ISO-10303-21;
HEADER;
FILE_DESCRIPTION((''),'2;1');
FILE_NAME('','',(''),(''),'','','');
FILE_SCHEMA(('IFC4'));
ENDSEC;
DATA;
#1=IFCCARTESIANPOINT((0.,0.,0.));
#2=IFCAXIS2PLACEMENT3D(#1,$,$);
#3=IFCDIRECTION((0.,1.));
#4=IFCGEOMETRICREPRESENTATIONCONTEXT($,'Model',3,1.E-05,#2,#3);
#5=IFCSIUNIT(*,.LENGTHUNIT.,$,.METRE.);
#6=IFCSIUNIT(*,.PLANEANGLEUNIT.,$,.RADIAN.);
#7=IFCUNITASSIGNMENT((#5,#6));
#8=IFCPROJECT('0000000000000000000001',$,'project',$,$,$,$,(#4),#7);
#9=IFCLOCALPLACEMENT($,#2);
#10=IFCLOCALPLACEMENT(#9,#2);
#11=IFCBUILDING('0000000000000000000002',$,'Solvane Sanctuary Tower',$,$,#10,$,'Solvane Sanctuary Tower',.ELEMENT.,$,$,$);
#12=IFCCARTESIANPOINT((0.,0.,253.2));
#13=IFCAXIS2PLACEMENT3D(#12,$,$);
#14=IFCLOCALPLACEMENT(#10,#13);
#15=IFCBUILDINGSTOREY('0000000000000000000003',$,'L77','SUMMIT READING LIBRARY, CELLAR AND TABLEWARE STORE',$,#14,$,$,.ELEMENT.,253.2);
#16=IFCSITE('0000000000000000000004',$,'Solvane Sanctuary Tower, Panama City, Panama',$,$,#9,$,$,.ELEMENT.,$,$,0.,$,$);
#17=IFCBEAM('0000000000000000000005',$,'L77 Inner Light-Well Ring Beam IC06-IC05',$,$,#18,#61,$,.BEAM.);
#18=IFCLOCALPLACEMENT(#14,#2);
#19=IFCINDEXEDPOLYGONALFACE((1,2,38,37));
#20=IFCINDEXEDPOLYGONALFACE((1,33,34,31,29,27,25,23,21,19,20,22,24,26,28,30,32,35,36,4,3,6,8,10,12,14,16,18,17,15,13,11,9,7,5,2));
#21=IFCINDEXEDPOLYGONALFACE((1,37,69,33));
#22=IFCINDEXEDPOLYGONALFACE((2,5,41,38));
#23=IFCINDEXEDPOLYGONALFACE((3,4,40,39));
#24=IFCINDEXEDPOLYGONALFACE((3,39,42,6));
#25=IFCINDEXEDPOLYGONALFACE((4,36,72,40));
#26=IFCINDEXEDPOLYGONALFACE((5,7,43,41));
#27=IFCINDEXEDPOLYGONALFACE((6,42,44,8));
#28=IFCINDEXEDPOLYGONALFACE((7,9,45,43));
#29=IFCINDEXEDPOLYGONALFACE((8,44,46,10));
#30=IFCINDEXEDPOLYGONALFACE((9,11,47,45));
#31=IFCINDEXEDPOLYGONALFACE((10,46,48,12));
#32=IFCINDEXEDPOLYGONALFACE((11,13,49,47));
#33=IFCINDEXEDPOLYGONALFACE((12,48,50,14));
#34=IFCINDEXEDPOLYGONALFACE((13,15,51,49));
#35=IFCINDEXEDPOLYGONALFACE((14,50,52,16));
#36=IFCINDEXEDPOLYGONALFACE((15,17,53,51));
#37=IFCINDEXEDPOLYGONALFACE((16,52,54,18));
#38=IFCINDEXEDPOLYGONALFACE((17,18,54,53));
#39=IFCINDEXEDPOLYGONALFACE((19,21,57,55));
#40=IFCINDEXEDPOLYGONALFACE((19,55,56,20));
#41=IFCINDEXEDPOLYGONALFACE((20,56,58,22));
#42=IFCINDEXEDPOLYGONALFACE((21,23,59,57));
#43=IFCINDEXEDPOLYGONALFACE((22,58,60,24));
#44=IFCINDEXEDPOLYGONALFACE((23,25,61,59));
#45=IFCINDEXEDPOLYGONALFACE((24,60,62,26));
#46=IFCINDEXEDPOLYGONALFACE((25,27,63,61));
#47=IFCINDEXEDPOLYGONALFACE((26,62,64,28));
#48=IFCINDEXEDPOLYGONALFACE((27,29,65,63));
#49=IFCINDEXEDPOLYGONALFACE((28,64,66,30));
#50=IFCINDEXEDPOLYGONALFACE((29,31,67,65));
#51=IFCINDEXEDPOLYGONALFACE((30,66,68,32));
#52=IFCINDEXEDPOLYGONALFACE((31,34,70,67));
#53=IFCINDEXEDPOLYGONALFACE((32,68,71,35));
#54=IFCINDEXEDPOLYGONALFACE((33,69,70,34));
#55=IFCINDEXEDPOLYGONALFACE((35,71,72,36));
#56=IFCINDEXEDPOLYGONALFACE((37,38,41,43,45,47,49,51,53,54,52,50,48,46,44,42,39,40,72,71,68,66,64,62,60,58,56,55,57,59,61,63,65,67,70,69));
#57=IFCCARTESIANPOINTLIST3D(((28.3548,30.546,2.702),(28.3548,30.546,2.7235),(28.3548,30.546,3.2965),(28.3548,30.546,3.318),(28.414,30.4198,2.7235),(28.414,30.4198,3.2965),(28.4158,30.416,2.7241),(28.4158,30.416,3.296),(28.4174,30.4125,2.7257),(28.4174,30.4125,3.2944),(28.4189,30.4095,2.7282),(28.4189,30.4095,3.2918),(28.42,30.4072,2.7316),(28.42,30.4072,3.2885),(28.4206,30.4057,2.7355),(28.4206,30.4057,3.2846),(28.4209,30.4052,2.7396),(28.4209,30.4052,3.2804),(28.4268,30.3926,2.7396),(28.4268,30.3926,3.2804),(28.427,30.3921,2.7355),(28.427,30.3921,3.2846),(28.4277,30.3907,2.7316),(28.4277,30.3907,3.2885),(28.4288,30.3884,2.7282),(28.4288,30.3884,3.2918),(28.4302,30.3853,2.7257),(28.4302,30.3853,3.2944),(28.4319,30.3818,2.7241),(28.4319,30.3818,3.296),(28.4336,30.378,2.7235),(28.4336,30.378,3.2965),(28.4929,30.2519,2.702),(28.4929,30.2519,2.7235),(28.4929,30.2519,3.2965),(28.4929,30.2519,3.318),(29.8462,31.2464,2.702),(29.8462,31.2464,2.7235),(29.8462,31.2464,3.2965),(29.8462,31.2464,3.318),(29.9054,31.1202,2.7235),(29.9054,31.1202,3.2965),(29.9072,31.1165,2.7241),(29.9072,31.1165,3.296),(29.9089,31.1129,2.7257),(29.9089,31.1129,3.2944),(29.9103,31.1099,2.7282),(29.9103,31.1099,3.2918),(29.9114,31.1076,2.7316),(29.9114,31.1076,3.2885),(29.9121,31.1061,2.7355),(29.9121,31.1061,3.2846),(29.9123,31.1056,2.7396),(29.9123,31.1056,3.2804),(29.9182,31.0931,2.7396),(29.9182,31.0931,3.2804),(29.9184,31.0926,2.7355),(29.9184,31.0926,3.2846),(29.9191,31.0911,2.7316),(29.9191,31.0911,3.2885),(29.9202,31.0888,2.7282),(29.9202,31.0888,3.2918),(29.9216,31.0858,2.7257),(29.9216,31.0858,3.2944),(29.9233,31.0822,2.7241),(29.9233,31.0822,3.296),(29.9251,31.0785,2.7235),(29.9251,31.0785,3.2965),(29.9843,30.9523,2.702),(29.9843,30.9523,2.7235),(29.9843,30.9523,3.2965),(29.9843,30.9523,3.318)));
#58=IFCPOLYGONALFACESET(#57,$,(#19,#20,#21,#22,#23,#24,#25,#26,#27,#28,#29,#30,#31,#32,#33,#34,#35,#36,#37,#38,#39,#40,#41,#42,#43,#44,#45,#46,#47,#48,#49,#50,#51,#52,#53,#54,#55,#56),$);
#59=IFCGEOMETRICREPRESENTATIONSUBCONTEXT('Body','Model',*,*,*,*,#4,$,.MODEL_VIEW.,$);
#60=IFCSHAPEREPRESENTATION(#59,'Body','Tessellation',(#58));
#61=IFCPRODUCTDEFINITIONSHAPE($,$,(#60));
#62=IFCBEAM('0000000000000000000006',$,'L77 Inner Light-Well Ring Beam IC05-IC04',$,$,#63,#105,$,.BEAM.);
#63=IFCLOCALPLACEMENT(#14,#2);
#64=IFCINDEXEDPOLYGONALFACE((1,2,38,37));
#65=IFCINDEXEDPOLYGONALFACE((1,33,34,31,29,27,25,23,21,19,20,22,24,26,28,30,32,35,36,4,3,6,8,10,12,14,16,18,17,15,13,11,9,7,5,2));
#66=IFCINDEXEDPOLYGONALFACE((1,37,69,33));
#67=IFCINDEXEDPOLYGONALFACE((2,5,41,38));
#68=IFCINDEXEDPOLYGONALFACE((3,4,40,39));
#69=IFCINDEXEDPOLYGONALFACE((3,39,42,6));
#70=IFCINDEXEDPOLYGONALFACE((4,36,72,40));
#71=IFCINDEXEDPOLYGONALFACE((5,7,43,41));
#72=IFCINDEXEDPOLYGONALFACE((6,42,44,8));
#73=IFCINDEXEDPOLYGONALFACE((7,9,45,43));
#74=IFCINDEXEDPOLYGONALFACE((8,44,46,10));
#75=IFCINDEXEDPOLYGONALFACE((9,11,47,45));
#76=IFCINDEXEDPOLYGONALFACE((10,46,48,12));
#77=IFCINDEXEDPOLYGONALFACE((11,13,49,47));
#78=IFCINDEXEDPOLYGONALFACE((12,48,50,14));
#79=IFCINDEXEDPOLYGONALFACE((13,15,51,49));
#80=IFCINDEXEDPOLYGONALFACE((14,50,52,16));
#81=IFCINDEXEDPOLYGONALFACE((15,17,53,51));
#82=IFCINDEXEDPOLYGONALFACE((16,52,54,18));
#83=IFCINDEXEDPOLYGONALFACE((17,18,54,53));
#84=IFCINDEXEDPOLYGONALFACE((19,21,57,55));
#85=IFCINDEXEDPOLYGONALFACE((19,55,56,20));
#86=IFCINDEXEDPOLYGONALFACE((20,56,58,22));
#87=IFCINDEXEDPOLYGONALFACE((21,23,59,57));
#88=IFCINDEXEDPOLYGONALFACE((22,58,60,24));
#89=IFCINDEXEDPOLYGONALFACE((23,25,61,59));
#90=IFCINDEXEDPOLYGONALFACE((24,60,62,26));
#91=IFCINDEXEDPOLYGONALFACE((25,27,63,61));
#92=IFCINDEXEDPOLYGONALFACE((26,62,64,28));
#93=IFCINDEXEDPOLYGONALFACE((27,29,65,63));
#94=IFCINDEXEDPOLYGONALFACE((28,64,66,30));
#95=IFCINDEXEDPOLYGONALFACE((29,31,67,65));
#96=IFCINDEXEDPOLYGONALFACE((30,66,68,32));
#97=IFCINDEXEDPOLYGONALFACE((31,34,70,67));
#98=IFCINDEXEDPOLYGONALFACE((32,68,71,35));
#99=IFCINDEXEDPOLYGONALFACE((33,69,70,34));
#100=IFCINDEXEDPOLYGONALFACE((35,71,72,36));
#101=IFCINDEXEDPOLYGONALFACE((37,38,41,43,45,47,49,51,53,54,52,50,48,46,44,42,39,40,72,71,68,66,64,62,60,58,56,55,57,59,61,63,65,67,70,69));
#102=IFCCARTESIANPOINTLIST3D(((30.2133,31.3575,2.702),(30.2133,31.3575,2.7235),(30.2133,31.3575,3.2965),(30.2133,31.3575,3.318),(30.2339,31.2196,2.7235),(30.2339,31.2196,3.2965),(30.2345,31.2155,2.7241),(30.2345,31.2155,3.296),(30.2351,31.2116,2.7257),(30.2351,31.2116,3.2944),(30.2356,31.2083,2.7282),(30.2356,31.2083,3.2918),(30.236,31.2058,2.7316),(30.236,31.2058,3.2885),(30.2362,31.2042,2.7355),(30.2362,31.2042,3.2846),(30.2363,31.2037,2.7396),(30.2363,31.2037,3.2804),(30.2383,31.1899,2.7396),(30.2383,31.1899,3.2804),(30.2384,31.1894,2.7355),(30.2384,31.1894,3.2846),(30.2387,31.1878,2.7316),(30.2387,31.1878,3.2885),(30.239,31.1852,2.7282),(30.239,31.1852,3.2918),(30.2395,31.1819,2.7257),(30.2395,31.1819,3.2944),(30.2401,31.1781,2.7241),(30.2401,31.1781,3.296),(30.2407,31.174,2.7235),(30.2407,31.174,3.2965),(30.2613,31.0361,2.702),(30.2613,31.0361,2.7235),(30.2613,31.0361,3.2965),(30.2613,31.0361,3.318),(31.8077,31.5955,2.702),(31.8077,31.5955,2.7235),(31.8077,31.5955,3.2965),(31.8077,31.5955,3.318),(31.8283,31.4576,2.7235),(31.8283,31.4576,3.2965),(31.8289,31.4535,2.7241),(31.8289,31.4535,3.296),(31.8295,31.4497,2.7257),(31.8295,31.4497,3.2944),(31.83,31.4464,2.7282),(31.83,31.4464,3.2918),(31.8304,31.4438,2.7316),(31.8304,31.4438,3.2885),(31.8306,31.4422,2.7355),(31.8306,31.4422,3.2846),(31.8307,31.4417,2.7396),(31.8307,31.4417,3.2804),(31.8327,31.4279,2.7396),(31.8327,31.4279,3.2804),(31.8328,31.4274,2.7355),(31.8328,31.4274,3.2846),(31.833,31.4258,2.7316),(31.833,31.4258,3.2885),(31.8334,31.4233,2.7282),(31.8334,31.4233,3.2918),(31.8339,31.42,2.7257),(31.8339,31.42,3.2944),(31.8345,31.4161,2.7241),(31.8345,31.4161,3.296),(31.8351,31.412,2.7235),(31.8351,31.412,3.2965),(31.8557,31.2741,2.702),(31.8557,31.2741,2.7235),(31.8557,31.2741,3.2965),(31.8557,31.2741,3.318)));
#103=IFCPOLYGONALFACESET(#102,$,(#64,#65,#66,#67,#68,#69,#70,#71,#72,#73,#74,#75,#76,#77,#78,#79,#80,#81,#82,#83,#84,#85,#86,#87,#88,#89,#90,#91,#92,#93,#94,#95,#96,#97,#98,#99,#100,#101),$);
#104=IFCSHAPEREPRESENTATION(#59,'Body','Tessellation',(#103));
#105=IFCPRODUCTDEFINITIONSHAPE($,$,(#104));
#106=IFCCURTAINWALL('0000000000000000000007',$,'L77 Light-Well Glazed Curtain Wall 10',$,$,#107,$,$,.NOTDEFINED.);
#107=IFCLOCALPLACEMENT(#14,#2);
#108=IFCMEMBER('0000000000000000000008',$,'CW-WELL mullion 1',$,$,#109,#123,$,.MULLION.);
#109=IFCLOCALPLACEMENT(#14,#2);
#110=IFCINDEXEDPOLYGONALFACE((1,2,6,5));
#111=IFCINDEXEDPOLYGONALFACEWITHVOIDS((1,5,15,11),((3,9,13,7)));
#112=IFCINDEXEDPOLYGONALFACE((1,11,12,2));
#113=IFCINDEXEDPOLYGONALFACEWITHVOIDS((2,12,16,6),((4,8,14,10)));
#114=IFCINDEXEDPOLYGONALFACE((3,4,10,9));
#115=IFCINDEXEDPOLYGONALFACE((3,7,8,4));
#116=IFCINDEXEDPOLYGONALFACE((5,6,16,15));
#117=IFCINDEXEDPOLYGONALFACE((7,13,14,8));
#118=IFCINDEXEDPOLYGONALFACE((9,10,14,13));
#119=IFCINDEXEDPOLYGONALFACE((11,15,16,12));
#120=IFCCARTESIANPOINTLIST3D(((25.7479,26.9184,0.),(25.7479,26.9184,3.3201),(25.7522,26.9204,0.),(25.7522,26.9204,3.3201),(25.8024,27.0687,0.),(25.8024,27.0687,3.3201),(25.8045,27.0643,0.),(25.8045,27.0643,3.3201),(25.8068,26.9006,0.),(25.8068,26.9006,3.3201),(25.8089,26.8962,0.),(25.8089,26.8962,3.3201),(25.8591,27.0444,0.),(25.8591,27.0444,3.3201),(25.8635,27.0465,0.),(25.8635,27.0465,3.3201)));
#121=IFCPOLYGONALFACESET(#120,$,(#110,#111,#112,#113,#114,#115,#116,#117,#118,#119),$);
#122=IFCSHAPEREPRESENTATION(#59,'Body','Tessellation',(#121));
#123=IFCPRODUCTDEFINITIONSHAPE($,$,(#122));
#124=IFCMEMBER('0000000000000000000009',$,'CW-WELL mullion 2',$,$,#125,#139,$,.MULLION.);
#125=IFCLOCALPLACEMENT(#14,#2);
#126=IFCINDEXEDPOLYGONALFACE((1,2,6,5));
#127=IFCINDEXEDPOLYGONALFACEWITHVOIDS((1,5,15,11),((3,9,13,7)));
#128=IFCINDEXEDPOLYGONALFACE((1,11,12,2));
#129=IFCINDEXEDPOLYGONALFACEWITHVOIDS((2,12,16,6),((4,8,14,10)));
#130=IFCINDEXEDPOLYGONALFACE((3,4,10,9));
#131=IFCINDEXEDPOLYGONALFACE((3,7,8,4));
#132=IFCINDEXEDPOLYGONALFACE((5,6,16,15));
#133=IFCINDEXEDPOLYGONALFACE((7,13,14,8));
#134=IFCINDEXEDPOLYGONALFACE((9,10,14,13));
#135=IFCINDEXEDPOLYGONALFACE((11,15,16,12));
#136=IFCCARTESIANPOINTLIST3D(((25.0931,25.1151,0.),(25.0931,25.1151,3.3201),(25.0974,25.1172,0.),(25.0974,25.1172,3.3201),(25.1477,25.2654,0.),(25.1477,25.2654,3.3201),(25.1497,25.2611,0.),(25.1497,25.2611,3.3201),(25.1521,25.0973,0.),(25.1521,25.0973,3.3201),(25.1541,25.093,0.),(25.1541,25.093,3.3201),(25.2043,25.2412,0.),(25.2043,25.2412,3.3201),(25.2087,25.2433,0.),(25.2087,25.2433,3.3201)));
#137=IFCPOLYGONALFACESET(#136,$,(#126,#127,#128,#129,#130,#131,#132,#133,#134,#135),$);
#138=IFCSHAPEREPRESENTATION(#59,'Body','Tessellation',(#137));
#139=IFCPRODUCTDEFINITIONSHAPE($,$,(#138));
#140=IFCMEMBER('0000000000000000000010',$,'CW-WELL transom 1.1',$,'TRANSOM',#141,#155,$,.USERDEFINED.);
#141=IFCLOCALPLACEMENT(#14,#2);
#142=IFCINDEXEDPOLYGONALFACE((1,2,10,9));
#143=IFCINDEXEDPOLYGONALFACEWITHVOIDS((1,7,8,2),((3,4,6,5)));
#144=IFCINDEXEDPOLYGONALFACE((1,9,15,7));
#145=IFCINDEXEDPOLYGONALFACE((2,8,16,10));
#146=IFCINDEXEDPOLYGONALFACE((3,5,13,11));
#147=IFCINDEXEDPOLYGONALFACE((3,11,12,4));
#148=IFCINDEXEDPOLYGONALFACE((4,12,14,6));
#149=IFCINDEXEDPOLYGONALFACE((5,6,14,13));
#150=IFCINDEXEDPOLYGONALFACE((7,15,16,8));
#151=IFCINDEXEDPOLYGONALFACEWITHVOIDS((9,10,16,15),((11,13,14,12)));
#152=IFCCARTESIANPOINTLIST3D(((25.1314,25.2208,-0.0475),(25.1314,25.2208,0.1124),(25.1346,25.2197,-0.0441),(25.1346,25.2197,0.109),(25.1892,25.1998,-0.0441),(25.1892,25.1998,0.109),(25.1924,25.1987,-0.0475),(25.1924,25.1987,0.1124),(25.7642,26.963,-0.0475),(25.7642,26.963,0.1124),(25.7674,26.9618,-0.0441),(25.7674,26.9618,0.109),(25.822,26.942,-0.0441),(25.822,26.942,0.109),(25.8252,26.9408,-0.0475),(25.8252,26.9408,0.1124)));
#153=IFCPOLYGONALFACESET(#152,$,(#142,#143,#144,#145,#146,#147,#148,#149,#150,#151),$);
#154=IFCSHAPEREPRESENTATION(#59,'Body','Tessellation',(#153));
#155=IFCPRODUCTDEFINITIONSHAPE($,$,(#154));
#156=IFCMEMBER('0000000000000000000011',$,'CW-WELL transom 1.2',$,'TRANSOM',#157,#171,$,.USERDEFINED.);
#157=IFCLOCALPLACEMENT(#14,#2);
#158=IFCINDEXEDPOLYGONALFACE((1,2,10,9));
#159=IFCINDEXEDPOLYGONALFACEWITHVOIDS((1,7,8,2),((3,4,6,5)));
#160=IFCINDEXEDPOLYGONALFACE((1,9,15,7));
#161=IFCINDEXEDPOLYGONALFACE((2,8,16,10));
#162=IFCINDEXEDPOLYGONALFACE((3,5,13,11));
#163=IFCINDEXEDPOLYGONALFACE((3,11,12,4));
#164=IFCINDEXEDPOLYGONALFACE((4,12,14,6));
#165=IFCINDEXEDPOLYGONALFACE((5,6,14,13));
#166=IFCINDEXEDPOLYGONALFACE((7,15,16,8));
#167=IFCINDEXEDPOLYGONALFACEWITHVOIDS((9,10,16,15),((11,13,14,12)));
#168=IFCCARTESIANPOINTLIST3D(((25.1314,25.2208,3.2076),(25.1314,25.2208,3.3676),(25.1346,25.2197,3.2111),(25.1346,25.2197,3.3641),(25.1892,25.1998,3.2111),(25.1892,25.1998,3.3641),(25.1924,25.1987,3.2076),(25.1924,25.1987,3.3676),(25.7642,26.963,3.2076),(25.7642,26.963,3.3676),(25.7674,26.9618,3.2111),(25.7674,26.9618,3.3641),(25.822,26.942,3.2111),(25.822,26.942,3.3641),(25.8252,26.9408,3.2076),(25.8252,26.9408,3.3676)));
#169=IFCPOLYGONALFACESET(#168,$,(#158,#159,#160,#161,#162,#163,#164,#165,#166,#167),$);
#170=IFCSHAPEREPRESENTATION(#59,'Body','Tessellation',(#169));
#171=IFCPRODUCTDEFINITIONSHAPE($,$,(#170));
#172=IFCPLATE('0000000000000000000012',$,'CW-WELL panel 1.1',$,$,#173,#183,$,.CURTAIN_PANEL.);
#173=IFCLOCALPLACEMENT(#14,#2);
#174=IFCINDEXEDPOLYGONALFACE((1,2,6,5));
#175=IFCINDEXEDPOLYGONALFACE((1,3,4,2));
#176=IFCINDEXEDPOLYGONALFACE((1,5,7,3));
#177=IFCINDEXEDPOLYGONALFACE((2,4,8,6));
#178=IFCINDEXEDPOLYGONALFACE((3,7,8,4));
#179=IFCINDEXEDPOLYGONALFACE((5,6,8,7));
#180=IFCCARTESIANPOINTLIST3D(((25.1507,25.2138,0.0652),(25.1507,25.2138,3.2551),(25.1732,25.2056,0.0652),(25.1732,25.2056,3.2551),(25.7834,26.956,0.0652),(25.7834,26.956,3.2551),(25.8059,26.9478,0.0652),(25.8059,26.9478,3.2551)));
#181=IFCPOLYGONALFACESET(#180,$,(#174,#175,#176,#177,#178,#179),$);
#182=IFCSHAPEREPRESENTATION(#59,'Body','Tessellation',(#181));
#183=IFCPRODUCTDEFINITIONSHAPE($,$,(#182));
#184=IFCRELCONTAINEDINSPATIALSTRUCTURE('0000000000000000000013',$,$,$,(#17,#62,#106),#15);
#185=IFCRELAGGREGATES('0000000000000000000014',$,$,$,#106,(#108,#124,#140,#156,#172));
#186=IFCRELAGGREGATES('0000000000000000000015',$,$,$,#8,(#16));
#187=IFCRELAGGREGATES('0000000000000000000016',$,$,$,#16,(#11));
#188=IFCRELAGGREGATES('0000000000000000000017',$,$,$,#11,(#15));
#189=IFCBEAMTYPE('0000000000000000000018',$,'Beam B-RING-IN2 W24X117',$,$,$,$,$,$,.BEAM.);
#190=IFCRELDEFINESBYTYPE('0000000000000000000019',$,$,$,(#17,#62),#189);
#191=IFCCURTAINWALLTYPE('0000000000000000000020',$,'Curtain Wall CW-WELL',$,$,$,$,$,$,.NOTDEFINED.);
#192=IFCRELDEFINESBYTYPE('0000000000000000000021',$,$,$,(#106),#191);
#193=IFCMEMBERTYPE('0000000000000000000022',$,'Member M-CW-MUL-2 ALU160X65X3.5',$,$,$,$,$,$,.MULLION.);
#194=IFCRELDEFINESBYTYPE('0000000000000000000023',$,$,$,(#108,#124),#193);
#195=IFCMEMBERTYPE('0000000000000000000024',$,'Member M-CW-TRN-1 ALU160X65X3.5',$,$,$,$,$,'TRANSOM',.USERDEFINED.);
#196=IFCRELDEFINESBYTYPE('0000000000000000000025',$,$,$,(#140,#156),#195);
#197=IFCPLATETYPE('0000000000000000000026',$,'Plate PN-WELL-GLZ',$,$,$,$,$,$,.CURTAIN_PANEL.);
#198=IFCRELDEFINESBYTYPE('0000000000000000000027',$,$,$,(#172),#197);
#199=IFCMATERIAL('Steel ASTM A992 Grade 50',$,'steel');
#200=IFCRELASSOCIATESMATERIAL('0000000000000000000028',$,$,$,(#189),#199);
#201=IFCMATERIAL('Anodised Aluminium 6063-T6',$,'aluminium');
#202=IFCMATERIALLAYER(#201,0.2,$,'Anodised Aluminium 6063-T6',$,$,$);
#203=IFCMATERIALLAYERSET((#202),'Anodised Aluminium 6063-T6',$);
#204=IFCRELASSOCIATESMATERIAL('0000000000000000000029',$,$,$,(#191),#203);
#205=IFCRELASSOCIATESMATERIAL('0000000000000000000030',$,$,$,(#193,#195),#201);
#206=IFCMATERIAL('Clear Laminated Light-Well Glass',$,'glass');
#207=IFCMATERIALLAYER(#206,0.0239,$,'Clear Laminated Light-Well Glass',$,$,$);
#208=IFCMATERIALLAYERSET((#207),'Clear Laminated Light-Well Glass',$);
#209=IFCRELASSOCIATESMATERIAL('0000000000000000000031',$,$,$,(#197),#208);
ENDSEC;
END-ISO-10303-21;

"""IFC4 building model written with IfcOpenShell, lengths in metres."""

from ifc_helpers import new_model, si_unit, direction, frame, origin, origin_2d, place, context, subcontext, project, spatial, rectangle, hollow_rectangle, i_section, extrude, material, layer, layer_set, material_profile, profile_set, type_object, element, aggregate, save


model = new_model("IFC4")

# Units and contexts
model_context = context("Model", 3, precision=1e-05, world=origin(), true_north=direction((0.0, 1.0)))
body_context = subcontext(model_context, "Body", "Model", "MODEL_VIEW")
ifc_project = project(units=[si_unit("LENGTHUNIT", "METRE"), si_unit("PLANEANGLEUNIT", "RADIAN")], contexts=[model_context])

# Site, building, storey
site_placement = place(None, origin())
site = spatial("IfcSite", under=ifc_project, at=site_placement, Name="Solvane Sanctuary Tower, Panama City, Panama", CompositionType="ELEMENT", RefElevation=0.0)
building_placement = place(site_placement, origin())
building = spatial("IfcBuilding", under=site, at=building_placement, Name="Solvane Sanctuary Tower", LongName="Solvane Sanctuary Tower", CompositionType="ELEMENT")
storey_placement = place(building_placement, frame((0.0, 0.0, 253.2)))
storey = spatial("IfcBuildingStorey", under=building, at=storey_placement, Name="L77", Description="SUMMIT READING LIBRARY, CELLAR AND TABLEWARE STORE", CompositionType="ELEMENT", Elevation=253.2)

# Beams
ifc_material_1 = material(Name="Steel ASTM A992 Grade 50", Category="steel")
ifc_material_profile_1 = material_profile(ifc_material_1, i_section(OverallWidth=0.325, OverallDepth=0.616, WebThickness=0.0139, FlangeThickness=0.0215, FilletRadius=0.0161, at=origin_2d()), Name="W24X117")
ifc_profile_set_1 = profile_set([ifc_material_profile_1], Name="Steel ASTM A992 Grade 50")
beam_type_1 = type_object("IfcBeamType", Name="Beam B-RING-IN2 W24X117", PredefinedType="BEAM", material=ifc_profile_set_1)
beam_1_placement = place(storey_placement, frame((28.4238, 30.3989, 3.01), z_axis=(0.905151, 0.42509, 0.0), x_axis=(-0.42509, 0.905151, 0.0)))
element("IfcBeam", 1, at=beam_1_placement, inside=storey, type_object=beam_type_1, Name="L77 Inner Light-Well Ring Beam IC06-IC05", PredefinedType="BEAM", context=body_context, shape_type="SweptSolid", body=[
    extrude(i_section(OverallWidth=0.325, OverallDepth=0.616, WebThickness=0.0139, FlangeThickness=0.0215, FilletRadius=0.0161, at=origin_2d()), origin(), (0.0, 0.0, 1.0), 1.6477),
])
beam_2_placement = place(storey_placement, frame((30.2373, 31.1968, 3.01), z_axis=(0.989039, 0.147652, 0.0), x_axis=(-0.147652, 0.989039, 0.0)))
element("IfcBeam", 2, at=beam_2_placement, inside=storey, type_object=beam_type_1, Name="L77 Inner Light-Well Ring Beam IC05-IC04", PredefinedType="BEAM", context=body_context, shape_type="SweptSolid", body=[
    extrude(i_section(OverallWidth=0.325, OverallDepth=0.616, WebThickness=0.0139, FlangeThickness=0.0215, FilletRadius=0.0161, at=origin_2d()), origin(), (0.0, 0.0, 1.0), 1.6121),
])

# Curtain wall, members, plate
ifc_material_2 = material(Name="Anodised Aluminium 6063-T6", Category="aluminium")
ifc_layer_1 = layer(ifc_material_2, 0.2, Name="Anodised Aluminium 6063-T6")
ifc_layer_set_1 = layer_set([ifc_layer_1], Name="Anodised Aluminium 6063-T6")
curtain_wall_type = type_object("IfcCurtainWallType", Name="Curtain Wall CW-WELL", PredefinedType="NOTDEFINED", material=ifc_layer_set_1)
curtain_wall_placement = place(storey_placement, origin())
curtain_wall = element("IfcCurtainWall", 3, at=curtain_wall_placement, inside=storey, type_object=curtain_wall_type, Name="L77 Light-Well Glazed Curtain Wall 10", PredefinedType="NOTDEFINED")
ifc_material_profile_2 = material_profile(ifc_material_2, hollow_rectangle(XDim=0.0649, YDim=0.1599, WallThickness=0.0034, at=origin_2d()), Name="ALU160X65X3.5")
ifc_profile_set_2 = profile_set([ifc_material_profile_2], Name="Anodised Aluminium 6063-T6")
member_type_1 = type_object("IfcMemberType", Name="Member M-CW-MUL-2 ALU160X65X3.5", PredefinedType="MULLION", material=ifc_profile_set_2)
member_1_placement = place(storey_placement, frame((25.8057, 26.9824, 0.0), z_axis=(0.0, 0.0, 1.0), x_axis=(0.939933, -0.341358, 0.0)))
member_1 = element("IfcMember", 4, at=member_1_placement, type_object=member_type_1, Name="CW-WELL mullion 1", PredefinedType="MULLION", context=body_context, shape_type="SweptSolid", body=[
    extrude(hollow_rectangle(XDim=0.0649, YDim=0.1599, WallThickness=0.0034, at=origin_2d()), origin(), (0.0, 0.0, 1.0), 3.3201),
])
member_2_placement = place(storey_placement, frame((25.1509, 25.1792, 0.0), z_axis=(0.0, 0.0, 1.0), x_axis=(0.939933, -0.341358, 0.0)))
member_2 = element("IfcMember", 5, at=member_2_placement, type_object=member_type_1, Name="CW-WELL mullion 2", PredefinedType="MULLION", context=body_context, shape_type="SweptSolid", body=[
    extrude(hollow_rectangle(XDim=0.0649, YDim=0.1599, WallThickness=0.0034, at=origin_2d()), origin(), (0.0, 0.0, 1.0), 3.3201),
])
ifc_material_profile_3 = material_profile(ifc_material_2, hollow_rectangle(XDim=0.0649, YDim=0.1599, WallThickness=0.0034, at=origin_2d()), Name="ALU160X65X3.5")
ifc_profile_set_3 = profile_set([ifc_material_profile_3], Name="Anodised Aluminium 6063-T6")
member_type_2 = type_object("IfcMemberType", Name="Member M-CW-TRN-1 ALU160X65X3.5", ElementType="TRANSOM", PredefinedType="USERDEFINED", material=ifc_profile_set_3)
member_3_placement = place(storey_placement, frame((25.7947, 26.9519, 0.0325), z_axis=(-0.341405, -0.939916, 0.0), x_axis=(0.939916, -0.341405, 0.0)))
member_3 = element("IfcMember", 6, at=member_3_placement, type_object=member_type_2, Name="CW-WELL transom 1.1", ObjectType="TRANSOM", PredefinedType="USERDEFINED", context=body_context, shape_type="SweptSolid", body=[
    extrude(hollow_rectangle(XDim=0.0649, YDim=0.1599, WallThickness=0.0034, at=origin_2d()), origin(), (0.0, 0.0, 1.0), 1.8535),
])
member_4_placement = place(storey_placement, frame((25.7947, 26.9519, 3.2876), z_axis=(-0.341405, -0.939916, 0.0), x_axis=(0.939916, -0.341405, 0.0)))
member_4 = element("IfcMember", 7, at=member_4_placement, type_object=member_type_2, Name="CW-WELL transom 1.2", ObjectType="TRANSOM", PredefinedType="USERDEFINED", context=body_context, shape_type="SweptSolid", body=[
    extrude(hollow_rectangle(XDim=0.0649, YDim=0.1599, WallThickness=0.0034, at=origin_2d()), origin(), (0.0, 0.0, 1.0), 1.8535),
])
ifc_material_3 = material(Name="Clear Laminated Light-Well Glass", Category="glass")
ifc_layer_2 = layer(ifc_material_3, 0.0239, Name="Clear Laminated Light-Well Glass")
ifc_layer_set_2 = layer_set([ifc_layer_2], Name="Clear Laminated Light-Well Glass")
plate_type = type_object("IfcPlateType", Name="Plate PN-WELL-GLZ", PredefinedType="CURTAIN_PANEL", material=ifc_layer_set_2)
plate_placement = place(storey_placement, frame((25.4783, 26.0808, 0.0652), z_axis=(0.0, 0.0, 1.0), x_axis=(-0.341358, -0.939933, 0.0)))
plate = element("IfcPlate", 8, at=plate_placement, type_object=plate_type, Name="CW-WELL panel 1.1", PredefinedType="CURTAIN_PANEL", context=body_context, shape_type="SweptSolid", body=[
    extrude(rectangle(XDim=1.8535, YDim=0.0239, at=origin_2d()), origin(), (0.0, 0.0, 1.0), 3.1899),
])
aggregate(curtain_wall, [member_1, member_2, member_3, member_4, plate])

save(model, "model.ifc")
